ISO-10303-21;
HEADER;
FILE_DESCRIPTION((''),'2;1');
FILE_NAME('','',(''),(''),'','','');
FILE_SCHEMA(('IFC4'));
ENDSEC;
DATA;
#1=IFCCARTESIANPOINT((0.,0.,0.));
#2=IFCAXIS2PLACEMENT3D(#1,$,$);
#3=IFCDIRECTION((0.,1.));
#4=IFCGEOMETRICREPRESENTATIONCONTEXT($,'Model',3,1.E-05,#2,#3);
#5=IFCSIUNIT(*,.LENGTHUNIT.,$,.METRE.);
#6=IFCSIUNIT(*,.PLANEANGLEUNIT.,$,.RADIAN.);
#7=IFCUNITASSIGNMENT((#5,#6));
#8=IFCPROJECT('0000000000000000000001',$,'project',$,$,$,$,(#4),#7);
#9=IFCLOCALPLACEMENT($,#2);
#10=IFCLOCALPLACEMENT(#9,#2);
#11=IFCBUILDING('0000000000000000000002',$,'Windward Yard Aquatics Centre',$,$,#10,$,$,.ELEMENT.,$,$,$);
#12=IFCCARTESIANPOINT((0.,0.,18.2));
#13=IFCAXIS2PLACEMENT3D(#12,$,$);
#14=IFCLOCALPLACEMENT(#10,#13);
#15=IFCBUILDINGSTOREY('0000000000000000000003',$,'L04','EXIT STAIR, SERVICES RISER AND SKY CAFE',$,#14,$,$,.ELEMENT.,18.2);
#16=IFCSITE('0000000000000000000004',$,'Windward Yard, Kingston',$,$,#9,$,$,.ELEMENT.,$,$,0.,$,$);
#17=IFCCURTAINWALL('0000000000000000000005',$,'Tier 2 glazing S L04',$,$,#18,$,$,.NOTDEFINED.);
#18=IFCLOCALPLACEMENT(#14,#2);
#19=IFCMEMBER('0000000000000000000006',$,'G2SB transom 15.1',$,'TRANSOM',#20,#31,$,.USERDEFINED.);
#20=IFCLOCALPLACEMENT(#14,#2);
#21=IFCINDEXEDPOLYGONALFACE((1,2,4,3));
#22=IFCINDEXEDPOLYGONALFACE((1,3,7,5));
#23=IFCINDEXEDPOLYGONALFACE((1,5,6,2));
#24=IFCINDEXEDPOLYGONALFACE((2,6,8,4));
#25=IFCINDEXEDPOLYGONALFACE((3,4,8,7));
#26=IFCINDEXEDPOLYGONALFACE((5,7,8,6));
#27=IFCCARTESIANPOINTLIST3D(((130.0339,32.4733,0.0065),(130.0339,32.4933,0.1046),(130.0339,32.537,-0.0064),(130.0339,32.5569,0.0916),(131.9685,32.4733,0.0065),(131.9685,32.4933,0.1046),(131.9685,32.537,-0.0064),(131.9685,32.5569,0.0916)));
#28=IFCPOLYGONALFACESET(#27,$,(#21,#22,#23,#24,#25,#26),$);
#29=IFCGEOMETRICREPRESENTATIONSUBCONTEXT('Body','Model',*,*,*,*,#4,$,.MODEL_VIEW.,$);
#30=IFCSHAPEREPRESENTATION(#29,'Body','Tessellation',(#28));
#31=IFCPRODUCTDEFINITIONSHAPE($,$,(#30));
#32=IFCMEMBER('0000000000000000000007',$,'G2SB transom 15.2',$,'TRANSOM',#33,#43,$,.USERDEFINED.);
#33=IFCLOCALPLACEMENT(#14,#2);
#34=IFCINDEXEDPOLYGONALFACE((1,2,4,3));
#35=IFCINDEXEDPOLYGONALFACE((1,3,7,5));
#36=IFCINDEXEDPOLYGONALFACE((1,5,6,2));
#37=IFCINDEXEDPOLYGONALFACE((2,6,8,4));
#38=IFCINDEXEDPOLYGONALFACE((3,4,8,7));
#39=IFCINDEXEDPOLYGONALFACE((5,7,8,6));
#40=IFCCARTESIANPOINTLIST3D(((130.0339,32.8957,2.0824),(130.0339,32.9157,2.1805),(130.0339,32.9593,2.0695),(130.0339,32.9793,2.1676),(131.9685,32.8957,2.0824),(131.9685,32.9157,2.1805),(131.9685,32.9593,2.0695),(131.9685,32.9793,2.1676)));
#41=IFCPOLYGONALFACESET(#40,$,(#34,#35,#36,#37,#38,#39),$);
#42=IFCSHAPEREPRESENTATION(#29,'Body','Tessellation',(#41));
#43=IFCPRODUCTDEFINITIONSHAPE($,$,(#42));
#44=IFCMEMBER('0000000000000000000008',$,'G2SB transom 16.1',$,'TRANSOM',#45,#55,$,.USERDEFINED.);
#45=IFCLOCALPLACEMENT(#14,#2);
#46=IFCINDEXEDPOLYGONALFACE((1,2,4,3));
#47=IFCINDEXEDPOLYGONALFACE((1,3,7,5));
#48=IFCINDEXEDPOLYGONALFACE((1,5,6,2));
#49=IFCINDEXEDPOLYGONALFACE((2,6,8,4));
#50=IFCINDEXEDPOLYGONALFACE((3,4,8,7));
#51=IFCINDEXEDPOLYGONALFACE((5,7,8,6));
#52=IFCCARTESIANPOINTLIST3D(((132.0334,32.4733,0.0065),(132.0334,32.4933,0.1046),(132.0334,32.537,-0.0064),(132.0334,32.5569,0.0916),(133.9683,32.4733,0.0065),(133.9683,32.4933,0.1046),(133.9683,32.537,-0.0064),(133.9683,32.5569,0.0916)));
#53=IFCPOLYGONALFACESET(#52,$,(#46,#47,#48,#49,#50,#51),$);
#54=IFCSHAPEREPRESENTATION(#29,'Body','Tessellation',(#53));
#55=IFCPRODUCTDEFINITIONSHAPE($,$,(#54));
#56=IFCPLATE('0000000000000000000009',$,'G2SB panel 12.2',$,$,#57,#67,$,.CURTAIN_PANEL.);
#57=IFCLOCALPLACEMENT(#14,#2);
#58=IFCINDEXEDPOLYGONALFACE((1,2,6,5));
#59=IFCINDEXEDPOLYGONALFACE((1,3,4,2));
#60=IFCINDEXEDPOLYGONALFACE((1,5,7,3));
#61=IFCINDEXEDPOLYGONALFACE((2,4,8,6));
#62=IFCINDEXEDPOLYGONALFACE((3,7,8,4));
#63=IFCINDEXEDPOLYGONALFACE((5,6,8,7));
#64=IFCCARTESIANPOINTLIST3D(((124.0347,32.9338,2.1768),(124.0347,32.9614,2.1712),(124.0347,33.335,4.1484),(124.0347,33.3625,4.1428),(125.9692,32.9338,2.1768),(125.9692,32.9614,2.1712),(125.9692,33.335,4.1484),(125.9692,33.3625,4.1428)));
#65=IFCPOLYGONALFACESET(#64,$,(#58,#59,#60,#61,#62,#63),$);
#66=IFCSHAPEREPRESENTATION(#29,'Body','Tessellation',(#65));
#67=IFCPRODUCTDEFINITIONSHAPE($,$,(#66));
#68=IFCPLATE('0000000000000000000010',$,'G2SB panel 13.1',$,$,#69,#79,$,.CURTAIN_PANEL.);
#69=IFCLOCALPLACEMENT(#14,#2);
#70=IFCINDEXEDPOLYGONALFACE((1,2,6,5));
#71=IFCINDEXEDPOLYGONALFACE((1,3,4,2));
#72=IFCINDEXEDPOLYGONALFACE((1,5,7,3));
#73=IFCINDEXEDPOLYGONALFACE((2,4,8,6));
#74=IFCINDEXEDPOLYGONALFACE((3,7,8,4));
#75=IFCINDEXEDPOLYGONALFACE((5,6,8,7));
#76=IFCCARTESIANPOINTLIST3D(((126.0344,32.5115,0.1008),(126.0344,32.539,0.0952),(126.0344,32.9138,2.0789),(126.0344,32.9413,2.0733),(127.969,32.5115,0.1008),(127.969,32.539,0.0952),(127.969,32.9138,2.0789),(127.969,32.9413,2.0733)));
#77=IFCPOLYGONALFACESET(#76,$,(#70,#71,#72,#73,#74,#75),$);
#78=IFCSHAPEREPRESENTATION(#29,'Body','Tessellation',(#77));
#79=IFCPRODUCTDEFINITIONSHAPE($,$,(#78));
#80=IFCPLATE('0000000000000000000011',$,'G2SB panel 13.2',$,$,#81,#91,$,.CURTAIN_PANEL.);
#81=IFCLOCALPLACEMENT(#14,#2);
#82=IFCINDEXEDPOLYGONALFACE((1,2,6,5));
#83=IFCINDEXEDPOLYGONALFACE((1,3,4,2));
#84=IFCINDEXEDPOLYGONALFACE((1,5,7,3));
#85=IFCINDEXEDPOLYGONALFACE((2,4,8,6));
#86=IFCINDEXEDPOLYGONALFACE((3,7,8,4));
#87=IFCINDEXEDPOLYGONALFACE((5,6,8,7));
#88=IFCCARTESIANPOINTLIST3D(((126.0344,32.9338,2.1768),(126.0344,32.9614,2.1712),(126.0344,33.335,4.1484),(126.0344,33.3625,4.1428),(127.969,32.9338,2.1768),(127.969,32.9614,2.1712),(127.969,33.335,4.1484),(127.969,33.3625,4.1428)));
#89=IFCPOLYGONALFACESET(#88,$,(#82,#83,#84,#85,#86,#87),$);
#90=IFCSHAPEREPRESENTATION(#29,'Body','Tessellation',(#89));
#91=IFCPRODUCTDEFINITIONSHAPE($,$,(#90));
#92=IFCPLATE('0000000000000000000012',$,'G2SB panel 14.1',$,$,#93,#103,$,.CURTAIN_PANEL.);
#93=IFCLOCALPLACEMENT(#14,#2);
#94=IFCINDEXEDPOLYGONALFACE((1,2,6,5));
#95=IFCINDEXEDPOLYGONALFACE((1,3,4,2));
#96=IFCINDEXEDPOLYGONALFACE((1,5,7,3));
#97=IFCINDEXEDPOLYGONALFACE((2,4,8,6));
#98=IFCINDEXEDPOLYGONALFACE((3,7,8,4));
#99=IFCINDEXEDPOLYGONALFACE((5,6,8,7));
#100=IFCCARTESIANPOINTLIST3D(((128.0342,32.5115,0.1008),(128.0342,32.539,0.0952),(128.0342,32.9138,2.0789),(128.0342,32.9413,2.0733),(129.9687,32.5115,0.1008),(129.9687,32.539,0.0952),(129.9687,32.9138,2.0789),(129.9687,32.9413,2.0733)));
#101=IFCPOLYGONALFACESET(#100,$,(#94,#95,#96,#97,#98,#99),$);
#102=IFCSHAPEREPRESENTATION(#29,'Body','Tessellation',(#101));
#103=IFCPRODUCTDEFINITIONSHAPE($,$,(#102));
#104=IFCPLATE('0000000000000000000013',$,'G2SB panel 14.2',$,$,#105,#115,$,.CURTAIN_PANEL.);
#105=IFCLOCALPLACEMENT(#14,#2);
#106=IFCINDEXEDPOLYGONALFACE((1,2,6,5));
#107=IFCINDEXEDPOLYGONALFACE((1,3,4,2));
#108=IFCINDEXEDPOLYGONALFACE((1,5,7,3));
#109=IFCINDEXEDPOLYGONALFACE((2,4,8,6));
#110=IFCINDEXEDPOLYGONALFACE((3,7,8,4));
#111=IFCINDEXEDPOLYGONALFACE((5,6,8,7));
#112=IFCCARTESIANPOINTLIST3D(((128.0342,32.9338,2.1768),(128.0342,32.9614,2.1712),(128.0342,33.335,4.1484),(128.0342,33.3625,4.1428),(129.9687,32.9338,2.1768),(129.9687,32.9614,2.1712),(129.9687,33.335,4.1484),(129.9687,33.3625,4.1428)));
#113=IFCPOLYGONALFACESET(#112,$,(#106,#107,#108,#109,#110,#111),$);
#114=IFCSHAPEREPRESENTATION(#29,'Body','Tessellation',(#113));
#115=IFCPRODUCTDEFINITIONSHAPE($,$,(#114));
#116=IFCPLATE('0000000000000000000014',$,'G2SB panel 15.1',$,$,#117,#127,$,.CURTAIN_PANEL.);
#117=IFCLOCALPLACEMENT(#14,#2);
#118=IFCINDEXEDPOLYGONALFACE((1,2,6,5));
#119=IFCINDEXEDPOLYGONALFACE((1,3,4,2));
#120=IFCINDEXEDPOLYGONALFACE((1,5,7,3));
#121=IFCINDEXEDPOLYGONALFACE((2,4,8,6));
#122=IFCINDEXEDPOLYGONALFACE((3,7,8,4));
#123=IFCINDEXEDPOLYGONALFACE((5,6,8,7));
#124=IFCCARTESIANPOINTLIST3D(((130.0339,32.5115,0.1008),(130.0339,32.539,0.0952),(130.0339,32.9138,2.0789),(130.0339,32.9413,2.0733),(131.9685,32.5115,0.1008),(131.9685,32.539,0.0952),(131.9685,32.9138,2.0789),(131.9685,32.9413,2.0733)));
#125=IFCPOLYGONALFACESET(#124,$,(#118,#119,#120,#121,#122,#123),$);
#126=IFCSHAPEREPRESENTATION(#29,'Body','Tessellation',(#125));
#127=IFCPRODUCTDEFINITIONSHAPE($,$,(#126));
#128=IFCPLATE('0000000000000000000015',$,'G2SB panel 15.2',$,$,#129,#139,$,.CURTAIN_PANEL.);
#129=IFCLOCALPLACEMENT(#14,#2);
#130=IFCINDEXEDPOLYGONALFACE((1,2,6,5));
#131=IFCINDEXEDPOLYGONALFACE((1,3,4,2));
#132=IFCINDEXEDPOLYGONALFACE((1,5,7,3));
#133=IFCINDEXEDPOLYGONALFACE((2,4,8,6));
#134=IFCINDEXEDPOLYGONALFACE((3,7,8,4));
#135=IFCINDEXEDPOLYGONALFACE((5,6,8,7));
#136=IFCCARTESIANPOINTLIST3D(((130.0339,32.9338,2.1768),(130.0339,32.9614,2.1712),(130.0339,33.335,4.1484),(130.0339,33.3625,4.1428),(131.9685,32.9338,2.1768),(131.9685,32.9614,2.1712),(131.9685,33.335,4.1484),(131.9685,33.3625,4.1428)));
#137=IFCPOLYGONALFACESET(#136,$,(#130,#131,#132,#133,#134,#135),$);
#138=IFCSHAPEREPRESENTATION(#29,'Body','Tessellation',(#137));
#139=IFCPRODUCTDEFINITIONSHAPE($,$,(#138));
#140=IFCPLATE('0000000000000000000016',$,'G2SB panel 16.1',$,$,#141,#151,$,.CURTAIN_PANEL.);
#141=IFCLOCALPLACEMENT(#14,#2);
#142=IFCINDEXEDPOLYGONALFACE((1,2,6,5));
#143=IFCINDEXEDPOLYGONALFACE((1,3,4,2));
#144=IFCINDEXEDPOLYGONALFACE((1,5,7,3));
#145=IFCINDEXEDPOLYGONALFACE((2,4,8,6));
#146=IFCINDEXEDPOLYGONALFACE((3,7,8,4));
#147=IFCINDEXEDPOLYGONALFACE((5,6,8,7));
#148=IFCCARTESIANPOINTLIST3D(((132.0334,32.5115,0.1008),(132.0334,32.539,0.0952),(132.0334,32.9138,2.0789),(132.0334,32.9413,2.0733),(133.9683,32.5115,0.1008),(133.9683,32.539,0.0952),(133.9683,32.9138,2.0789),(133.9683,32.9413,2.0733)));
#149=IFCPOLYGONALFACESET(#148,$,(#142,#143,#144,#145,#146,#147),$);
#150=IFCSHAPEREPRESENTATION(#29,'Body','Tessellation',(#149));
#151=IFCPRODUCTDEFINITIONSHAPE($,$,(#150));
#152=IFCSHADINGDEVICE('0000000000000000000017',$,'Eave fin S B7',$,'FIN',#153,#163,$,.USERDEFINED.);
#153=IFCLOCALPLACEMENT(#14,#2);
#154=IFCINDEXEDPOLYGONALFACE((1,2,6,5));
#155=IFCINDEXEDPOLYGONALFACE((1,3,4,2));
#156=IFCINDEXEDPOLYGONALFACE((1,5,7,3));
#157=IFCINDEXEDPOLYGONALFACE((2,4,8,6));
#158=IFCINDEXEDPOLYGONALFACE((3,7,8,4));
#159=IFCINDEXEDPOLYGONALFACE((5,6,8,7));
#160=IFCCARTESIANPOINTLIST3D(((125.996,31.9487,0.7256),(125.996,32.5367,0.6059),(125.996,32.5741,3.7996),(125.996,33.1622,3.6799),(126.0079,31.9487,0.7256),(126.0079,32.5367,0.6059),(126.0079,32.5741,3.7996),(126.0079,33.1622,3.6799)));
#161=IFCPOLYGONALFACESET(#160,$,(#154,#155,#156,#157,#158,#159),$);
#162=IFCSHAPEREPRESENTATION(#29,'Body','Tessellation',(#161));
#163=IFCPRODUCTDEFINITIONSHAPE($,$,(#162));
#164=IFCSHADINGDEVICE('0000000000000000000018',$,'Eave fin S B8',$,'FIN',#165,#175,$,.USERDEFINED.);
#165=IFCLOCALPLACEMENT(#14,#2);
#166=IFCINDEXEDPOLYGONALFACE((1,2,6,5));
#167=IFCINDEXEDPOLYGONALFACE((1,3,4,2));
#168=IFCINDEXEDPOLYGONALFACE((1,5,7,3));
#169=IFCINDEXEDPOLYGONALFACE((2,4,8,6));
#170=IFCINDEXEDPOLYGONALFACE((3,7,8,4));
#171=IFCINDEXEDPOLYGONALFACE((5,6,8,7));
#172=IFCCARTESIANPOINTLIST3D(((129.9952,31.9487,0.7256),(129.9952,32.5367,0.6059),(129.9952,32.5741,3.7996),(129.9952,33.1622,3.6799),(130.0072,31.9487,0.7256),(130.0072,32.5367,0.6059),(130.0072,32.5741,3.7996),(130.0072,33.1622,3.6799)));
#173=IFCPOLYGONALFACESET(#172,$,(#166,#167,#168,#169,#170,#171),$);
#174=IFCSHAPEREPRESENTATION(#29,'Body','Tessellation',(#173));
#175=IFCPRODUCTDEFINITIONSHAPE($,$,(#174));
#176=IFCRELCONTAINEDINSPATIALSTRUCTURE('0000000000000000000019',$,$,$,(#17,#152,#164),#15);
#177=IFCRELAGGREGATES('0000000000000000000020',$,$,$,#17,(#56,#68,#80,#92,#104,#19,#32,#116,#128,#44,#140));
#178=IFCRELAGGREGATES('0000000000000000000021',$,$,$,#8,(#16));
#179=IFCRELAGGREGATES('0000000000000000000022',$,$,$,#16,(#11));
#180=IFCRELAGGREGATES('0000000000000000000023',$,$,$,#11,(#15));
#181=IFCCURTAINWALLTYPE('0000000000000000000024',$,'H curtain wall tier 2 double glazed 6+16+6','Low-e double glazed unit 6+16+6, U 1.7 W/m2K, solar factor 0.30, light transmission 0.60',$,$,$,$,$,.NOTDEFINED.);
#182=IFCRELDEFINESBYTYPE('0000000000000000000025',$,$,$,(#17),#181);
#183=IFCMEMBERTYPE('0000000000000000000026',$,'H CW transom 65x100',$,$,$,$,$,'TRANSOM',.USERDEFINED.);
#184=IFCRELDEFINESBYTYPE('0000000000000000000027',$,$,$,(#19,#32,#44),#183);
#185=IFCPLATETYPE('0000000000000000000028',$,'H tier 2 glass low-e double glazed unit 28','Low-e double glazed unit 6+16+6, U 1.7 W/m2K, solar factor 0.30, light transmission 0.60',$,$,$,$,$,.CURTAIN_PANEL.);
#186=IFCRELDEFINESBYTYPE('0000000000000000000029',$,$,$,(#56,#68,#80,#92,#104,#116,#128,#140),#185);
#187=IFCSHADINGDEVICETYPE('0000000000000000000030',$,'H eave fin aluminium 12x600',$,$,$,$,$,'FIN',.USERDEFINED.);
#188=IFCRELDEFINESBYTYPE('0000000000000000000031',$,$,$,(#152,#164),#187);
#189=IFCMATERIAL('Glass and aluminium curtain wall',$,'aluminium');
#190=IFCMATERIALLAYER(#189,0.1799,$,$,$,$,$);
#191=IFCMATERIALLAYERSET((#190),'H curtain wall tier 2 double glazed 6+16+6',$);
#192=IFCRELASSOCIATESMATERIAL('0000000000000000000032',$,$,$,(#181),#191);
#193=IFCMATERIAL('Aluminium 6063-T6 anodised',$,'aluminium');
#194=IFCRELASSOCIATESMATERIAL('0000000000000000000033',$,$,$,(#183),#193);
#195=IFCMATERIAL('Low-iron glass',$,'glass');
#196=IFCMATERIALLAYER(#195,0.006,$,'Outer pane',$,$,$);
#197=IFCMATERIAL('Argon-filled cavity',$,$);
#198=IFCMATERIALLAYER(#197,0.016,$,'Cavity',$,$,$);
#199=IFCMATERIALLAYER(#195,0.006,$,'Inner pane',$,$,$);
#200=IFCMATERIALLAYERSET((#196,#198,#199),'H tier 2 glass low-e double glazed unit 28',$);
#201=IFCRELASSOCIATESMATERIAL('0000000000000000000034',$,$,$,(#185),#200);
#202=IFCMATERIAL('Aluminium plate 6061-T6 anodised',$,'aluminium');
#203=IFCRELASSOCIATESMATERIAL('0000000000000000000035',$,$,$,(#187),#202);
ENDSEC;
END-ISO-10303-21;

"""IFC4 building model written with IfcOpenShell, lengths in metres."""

from ifc_helpers import new_model, si_unit, direction, frame, origin, origin_2d, place, context, subcontext, project, spatial, polyline, rectangle, outline, extrude, material, layer, layer_set, material_profile, profile_set, type_object, element, aggregate, save


model = new_model("IFC4")

# Units and contexts
model_context = context("Model", 3, precision=1e-05, world=origin(), true_north=direction((0.0, 1.0)))
body_context = subcontext(model_context, "Body", "Model", "MODEL_VIEW")
ifc_project = project(units=[si_unit("LENGTHUNIT", "METRE"), si_unit("PLANEANGLEUNIT", "RADIAN")], contexts=[model_context])

# Site, building, storey
site_placement = place(None, origin())
site = spatial("IfcSite", under=ifc_project, at=site_placement, Name="Windward Yard, Kingston", CompositionType="ELEMENT", RefElevation=0.0)
building_placement = place(site_placement, origin())
building = spatial("IfcBuilding", under=site, at=building_placement, Name="Windward Yard Aquatics Centre", CompositionType="ELEMENT")
storey_placement = place(building_placement, frame((0.0, 0.0, 18.2)))
storey = spatial("IfcBuildingStorey", under=building, at=storey_placement, Name="L04", Description="EXIT STAIR, SERVICES RISER AND SKY CAFE", CompositionType="ELEMENT", Elevation=18.2)

# Curtain wall, members, plates
ifc_material_1 = material(Name="Glass and aluminium curtain wall", Category="aluminium")
ifc_layer_1 = layer(ifc_material_1, 0.1799)
ifc_layer_set_1 = layer_set([ifc_layer_1], Name="H curtain wall tier 2 double glazed 6+16+6")
curtain_wall_type = type_object("IfcCurtainWallType", Name="H curtain wall tier 2 double glazed 6+16+6", Description="Low-e double glazed unit 6+16+6, U 1.7 W/m2K, solar factor 0.30, light transmission 0.60", PredefinedType="NOTDEFINED", material=ifc_layer_set_1)
curtain_wall_placement = place(storey_placement, origin())
curtain_wall = element("IfcCurtainWall", 1, at=curtain_wall_placement, inside=storey, type_object=curtain_wall_type, Name="Tier 2 glazing S L04", PredefinedType="NOTDEFINED")
ifc_material_2 = material(Name="Aluminium 6063-T6 anodised", Category="aluminium")
ifc_material_profile_1 = material_profile(ifc_material_2, rectangle(XDim=0.0649, YDim=0.1001, at=origin_2d()), Name="H CW transom 65x100")
ifc_profile_set_1 = profile_set([ifc_material_profile_1], Name="Aluminium 6063-T6 anodised")
member_type_1 = type_object("IfcMemberType", Name="H CW transom 65x100", ElementType="TRANSOM", PredefinedType="USERDEFINED", material=ifc_profile_set_1)
member_1_placement = place(storey_placement, frame((130.0339, 32.5151, 0.0491), z_axis=(1.0, 0.0, 0.0), x_axis=(0.0, -0.979925, 0.199368)))
member_1 = element("IfcMember", 2, at=member_1_placement, type_object=member_type_1, Name="G2SB transom 15.1", ObjectType="TRANSOM", PredefinedType="USERDEFINED", context=body_context, shape_type="SweptSolid", body=[
    extrude(rectangle(XDim=0.0649, YDim=0.1001, at=origin_2d()), origin(), (0.0, 0.0, 1.0), 1.9346),
])
member_2_placement = place(storey_placement, frame((130.0339, 32.9375, 2.125), z_axis=(1.0, 0.0, 0.0), x_axis=(0.0, -0.979925, 0.199368)))
member_2 = element("IfcMember", 3, at=member_2_placement, type_object=member_type_1, Name="G2SB transom 15.2", ObjectType="TRANSOM", PredefinedType="USERDEFINED", context=body_context, shape_type="SweptSolid", body=[
    extrude(rectangle(XDim=0.0649, YDim=0.1001, at=origin_2d()), origin(), (0.0, 0.0, 1.0), 1.9346),
])
member_3_placement = place(storey_placement, frame((132.0334, 32.5151, 0.0491), z_axis=(1.0, 0.0, 0.0), x_axis=(0.0, -0.979925, 0.199368)))
member_3 = element("IfcMember", 4, at=member_3_placement, type_object=member_type_1, Name="G2SB transom 16.1", ObjectType="TRANSOM", PredefinedType="USERDEFINED", context=body_context, shape_type="SweptSolid", body=[
    extrude(rectangle(XDim=0.0649, YDim=0.1001, at=origin_2d()), origin(), (0.0, 0.0, 1.0), 1.9348),
])
ifc_material_3 = material(Name="Low-iron glass", Category="glass")
ifc_layer_2 = layer(ifc_material_3, 0.006, Name="Outer pane")
ifc_material_4 = material(Name="Argon-filled cavity")
ifc_layer_3 = layer(ifc_material_4, 0.016, Name="Cavity")
ifc_layer_4 = layer(ifc_material_3, 0.006, Name="Inner pane")
ifc_layer_set_2 = layer_set([ifc_layer_2, ifc_layer_3, ifc_layer_4], Name="H tier 2 glass low-e double glazed unit 28")
plate_type = type_object("IfcPlateType", Name="H tier 2 glass low-e double glazed unit 28", Description="Low-e double glazed unit 6+16+6, U 1.7 W/m2K, solar factor 0.30, light transmission 0.60", PredefinedType="CURTAIN_PANEL", material=ifc_layer_set_2)
plate_1_placement = place(storey_placement, frame((124.0347, 32.9338, 2.1768), z_axis=(0.0, -0.979927, 0.199359), x_axis=(1.0, 0.0, 0.0)))
plate_1 = element("IfcPlate", 5, at=plate_1_placement, type_object=plate_type, Name="G2SB panel 12.2", PredefinedType="CURTAIN_PANEL", context=body_context, shape_type="SweptSolid", body=[
    extrude(outline(polyline([(0.0, 0.0), (1.9346, 0.0), (1.9346, 2.0121), (0.0, 2.0121), (0.0, 0.0)])), origin(), (0.0, 0.0, -1.0), 0.0281),
])
plate_2_placement = place(storey_placement, frame((126.0344, 32.5115, 0.1008), z_axis=(0.0, -0.979933, 0.199325), x_axis=(1.0, 0.0, 0.0)))
plate_2 = element("IfcPlate", 6, at=plate_2_placement, type_object=plate_type, Name="G2SB panel 13.1", PredefinedType="CURTAIN_PANEL", context=body_context, shape_type="SweptSolid", body=[
    extrude(outline(polyline([(0.0, 0.0), (1.9346, 0.0), (1.9346, 2.0185), (0.0, 2.0185), (0.0, 0.0)])), origin(), (0.0, 0.0, -1.0), 0.0281),
])
plate_3_placement = place(storey_placement, frame((126.0344, 32.9338, 2.1768), z_axis=(0.0, -0.979927, 0.199359), x_axis=(1.0, 0.0, 0.0)))
plate_3 = element("IfcPlate", 7, at=plate_3_placement, type_object=plate_type, Name="G2SB panel 13.2", PredefinedType="CURTAIN_PANEL", context=body_context, shape_type="SweptSolid", body=[
    extrude(outline(polyline([(0.0, 0.0), (1.9346, 0.0), (1.9346, 2.0121), (0.0, 2.0121), (0.0, 0.0)])), origin(), (0.0, 0.0, -1.0), 0.0281),
])
plate_4_placement = place(storey_placement, frame((128.0342, 32.5115, 0.1008), z_axis=(0.0, -0.979933, 0.199325), x_axis=(1.0, 0.0, 0.0)))
plate_4 = element("IfcPlate", 8, at=plate_4_placement, type_object=plate_type, Name="G2SB panel 14.1", PredefinedType="CURTAIN_PANEL", context=body_context, shape_type="SweptSolid", body=[
    extrude(outline(polyline([(0.0, 0.0), (1.9346, 0.0), (1.9346, 2.0185), (0.0, 2.0185), (0.0, 0.0)])), origin(), (0.0, 0.0, -1.0), 0.0281),
])
plate_5_placement = place(storey_placement, frame((128.0342, 32.9338, 2.1768), z_axis=(0.0, -0.979927, 0.199359), x_axis=(1.0, 0.0, 0.0)))
plate_5 = element("IfcPlate", 9, at=plate_5_placement, type_object=plate_type, Name="G2SB panel 14.2", PredefinedType="CURTAIN_PANEL", context=body_context, shape_type="SweptSolid", body=[
    extrude(outline(polyline([(0.0, 0.0), (1.9346, 0.0), (1.9346, 2.0121), (0.0, 2.0121), (0.0, 0.0)])), origin(), (0.0, 0.0, -1.0), 0.0281),
])
plate_6_placement = place(storey_placement, frame((130.0339, 32.5115, 0.1008), z_axis=(0.0, -0.979933, 0.199325), x_axis=(1.0, 0.0, 0.0)))
plate_6 = element("IfcPlate", 10, at=plate_6_placement, type_object=plate_type, Name="G2SB panel 15.1", PredefinedType="CURTAIN_PANEL", context=body_context, shape_type="SweptSolid", body=[
    extrude(outline(polyline([(0.0, 0.0), (1.9346, 0.0), (1.9346, 2.0185), (0.0, 2.0185), (0.0, 0.0)])), origin(), (0.0, 0.0, -1.0), 0.0281),
])
plate_7_placement = place(storey_placement, frame((130.0339, 32.9338, 2.1768), z_axis=(0.0, -0.979927, 0.199359), x_axis=(1.0, 0.0, 0.0)))
plate_7 = element("IfcPlate", 11, at=plate_7_placement, type_object=plate_type, Name="G2SB panel 15.2", PredefinedType="CURTAIN_PANEL", context=body_context, shape_type="SweptSolid", body=[
    extrude(outline(polyline([(0.0, 0.0), (1.9346, 0.0), (1.9346, 2.0121), (0.0, 2.0121), (0.0, 0.0)])), origin(), (0.0, 0.0, -1.0), 0.0281),
])
plate_8_placement = place(storey_placement, frame((132.0334, 32.5115, 0.1008), z_axis=(0.0, -0.979933, 0.199325), x_axis=(1.0, 0.0, 0.0)))
plate_8 = element("IfcPlate", 12, at=plate_8_placement, type_object=plate_type, Name="G2SB panel 16.1", PredefinedType="CURTAIN_PANEL", context=body_context, shape_type="SweptSolid", body=[
    extrude(outline(polyline([(0.0, 0.0), (1.9348, 0.0), (1.9348, 2.0185), (0.0, 2.0185), (0.0, 0.0)])), origin(), (0.0, 0.0, -1.0), 0.0281),
])
aggregate(curtain_wall, [plate_1, plate_2, plate_3, plate_4, plate_5, member_1, member_2, plate_6, plate_7, member_3, plate_8])

# Shading devices
ifc_material_5 = material(Name="Aluminium plate 6061-T6 anodised", Category="aluminium")
ifc_material_profile_2 = material_profile(ifc_material_5, rectangle(XDim=0.012, YDim=0.6001, at=origin_2d()), Name="H eave fin aluminium 12x600")
ifc_profile_set_2 = profile_set([ifc_material_profile_2], Name="Aluminium plate 6061-T6 anodised")
shading_device_type = type_object("IfcShadingDeviceType", Name="H eave fin aluminium 12x600", ElementType="FIN", PredefinedType="USERDEFINED", material=ifc_profile_set_2)
for number, where, z_axis, x_axis, name in (
    (13, (126.002, 32.2427, 0.6658), (0.0, 0.199393, 0.97992), (-1.0, 0.0, 0.0), "Eave fin S B7"),
    (14, (130.0012, 32.2427, 0.6658), (0.0, 0.199393, 0.97992), (-1.0, 0.0, 0.0), "Eave fin S B8"),
):
    element("IfcShadingDevice", number, at=place(storey_placement, frame(where, z_axis=z_axis, x_axis=x_axis)), inside=storey, type_object=shading_device_type, Name=name, ObjectType="FIN", PredefinedType="USERDEFINED", context=body_context, shape_type="SweptSolid", body=[
        extrude(rectangle(XDim=0.012, YDim=0.6001, at=origin_2d()), origin(), (0.0, 0.0, 1.0), 3.137),
    ])

save(model, "model.ifc")
